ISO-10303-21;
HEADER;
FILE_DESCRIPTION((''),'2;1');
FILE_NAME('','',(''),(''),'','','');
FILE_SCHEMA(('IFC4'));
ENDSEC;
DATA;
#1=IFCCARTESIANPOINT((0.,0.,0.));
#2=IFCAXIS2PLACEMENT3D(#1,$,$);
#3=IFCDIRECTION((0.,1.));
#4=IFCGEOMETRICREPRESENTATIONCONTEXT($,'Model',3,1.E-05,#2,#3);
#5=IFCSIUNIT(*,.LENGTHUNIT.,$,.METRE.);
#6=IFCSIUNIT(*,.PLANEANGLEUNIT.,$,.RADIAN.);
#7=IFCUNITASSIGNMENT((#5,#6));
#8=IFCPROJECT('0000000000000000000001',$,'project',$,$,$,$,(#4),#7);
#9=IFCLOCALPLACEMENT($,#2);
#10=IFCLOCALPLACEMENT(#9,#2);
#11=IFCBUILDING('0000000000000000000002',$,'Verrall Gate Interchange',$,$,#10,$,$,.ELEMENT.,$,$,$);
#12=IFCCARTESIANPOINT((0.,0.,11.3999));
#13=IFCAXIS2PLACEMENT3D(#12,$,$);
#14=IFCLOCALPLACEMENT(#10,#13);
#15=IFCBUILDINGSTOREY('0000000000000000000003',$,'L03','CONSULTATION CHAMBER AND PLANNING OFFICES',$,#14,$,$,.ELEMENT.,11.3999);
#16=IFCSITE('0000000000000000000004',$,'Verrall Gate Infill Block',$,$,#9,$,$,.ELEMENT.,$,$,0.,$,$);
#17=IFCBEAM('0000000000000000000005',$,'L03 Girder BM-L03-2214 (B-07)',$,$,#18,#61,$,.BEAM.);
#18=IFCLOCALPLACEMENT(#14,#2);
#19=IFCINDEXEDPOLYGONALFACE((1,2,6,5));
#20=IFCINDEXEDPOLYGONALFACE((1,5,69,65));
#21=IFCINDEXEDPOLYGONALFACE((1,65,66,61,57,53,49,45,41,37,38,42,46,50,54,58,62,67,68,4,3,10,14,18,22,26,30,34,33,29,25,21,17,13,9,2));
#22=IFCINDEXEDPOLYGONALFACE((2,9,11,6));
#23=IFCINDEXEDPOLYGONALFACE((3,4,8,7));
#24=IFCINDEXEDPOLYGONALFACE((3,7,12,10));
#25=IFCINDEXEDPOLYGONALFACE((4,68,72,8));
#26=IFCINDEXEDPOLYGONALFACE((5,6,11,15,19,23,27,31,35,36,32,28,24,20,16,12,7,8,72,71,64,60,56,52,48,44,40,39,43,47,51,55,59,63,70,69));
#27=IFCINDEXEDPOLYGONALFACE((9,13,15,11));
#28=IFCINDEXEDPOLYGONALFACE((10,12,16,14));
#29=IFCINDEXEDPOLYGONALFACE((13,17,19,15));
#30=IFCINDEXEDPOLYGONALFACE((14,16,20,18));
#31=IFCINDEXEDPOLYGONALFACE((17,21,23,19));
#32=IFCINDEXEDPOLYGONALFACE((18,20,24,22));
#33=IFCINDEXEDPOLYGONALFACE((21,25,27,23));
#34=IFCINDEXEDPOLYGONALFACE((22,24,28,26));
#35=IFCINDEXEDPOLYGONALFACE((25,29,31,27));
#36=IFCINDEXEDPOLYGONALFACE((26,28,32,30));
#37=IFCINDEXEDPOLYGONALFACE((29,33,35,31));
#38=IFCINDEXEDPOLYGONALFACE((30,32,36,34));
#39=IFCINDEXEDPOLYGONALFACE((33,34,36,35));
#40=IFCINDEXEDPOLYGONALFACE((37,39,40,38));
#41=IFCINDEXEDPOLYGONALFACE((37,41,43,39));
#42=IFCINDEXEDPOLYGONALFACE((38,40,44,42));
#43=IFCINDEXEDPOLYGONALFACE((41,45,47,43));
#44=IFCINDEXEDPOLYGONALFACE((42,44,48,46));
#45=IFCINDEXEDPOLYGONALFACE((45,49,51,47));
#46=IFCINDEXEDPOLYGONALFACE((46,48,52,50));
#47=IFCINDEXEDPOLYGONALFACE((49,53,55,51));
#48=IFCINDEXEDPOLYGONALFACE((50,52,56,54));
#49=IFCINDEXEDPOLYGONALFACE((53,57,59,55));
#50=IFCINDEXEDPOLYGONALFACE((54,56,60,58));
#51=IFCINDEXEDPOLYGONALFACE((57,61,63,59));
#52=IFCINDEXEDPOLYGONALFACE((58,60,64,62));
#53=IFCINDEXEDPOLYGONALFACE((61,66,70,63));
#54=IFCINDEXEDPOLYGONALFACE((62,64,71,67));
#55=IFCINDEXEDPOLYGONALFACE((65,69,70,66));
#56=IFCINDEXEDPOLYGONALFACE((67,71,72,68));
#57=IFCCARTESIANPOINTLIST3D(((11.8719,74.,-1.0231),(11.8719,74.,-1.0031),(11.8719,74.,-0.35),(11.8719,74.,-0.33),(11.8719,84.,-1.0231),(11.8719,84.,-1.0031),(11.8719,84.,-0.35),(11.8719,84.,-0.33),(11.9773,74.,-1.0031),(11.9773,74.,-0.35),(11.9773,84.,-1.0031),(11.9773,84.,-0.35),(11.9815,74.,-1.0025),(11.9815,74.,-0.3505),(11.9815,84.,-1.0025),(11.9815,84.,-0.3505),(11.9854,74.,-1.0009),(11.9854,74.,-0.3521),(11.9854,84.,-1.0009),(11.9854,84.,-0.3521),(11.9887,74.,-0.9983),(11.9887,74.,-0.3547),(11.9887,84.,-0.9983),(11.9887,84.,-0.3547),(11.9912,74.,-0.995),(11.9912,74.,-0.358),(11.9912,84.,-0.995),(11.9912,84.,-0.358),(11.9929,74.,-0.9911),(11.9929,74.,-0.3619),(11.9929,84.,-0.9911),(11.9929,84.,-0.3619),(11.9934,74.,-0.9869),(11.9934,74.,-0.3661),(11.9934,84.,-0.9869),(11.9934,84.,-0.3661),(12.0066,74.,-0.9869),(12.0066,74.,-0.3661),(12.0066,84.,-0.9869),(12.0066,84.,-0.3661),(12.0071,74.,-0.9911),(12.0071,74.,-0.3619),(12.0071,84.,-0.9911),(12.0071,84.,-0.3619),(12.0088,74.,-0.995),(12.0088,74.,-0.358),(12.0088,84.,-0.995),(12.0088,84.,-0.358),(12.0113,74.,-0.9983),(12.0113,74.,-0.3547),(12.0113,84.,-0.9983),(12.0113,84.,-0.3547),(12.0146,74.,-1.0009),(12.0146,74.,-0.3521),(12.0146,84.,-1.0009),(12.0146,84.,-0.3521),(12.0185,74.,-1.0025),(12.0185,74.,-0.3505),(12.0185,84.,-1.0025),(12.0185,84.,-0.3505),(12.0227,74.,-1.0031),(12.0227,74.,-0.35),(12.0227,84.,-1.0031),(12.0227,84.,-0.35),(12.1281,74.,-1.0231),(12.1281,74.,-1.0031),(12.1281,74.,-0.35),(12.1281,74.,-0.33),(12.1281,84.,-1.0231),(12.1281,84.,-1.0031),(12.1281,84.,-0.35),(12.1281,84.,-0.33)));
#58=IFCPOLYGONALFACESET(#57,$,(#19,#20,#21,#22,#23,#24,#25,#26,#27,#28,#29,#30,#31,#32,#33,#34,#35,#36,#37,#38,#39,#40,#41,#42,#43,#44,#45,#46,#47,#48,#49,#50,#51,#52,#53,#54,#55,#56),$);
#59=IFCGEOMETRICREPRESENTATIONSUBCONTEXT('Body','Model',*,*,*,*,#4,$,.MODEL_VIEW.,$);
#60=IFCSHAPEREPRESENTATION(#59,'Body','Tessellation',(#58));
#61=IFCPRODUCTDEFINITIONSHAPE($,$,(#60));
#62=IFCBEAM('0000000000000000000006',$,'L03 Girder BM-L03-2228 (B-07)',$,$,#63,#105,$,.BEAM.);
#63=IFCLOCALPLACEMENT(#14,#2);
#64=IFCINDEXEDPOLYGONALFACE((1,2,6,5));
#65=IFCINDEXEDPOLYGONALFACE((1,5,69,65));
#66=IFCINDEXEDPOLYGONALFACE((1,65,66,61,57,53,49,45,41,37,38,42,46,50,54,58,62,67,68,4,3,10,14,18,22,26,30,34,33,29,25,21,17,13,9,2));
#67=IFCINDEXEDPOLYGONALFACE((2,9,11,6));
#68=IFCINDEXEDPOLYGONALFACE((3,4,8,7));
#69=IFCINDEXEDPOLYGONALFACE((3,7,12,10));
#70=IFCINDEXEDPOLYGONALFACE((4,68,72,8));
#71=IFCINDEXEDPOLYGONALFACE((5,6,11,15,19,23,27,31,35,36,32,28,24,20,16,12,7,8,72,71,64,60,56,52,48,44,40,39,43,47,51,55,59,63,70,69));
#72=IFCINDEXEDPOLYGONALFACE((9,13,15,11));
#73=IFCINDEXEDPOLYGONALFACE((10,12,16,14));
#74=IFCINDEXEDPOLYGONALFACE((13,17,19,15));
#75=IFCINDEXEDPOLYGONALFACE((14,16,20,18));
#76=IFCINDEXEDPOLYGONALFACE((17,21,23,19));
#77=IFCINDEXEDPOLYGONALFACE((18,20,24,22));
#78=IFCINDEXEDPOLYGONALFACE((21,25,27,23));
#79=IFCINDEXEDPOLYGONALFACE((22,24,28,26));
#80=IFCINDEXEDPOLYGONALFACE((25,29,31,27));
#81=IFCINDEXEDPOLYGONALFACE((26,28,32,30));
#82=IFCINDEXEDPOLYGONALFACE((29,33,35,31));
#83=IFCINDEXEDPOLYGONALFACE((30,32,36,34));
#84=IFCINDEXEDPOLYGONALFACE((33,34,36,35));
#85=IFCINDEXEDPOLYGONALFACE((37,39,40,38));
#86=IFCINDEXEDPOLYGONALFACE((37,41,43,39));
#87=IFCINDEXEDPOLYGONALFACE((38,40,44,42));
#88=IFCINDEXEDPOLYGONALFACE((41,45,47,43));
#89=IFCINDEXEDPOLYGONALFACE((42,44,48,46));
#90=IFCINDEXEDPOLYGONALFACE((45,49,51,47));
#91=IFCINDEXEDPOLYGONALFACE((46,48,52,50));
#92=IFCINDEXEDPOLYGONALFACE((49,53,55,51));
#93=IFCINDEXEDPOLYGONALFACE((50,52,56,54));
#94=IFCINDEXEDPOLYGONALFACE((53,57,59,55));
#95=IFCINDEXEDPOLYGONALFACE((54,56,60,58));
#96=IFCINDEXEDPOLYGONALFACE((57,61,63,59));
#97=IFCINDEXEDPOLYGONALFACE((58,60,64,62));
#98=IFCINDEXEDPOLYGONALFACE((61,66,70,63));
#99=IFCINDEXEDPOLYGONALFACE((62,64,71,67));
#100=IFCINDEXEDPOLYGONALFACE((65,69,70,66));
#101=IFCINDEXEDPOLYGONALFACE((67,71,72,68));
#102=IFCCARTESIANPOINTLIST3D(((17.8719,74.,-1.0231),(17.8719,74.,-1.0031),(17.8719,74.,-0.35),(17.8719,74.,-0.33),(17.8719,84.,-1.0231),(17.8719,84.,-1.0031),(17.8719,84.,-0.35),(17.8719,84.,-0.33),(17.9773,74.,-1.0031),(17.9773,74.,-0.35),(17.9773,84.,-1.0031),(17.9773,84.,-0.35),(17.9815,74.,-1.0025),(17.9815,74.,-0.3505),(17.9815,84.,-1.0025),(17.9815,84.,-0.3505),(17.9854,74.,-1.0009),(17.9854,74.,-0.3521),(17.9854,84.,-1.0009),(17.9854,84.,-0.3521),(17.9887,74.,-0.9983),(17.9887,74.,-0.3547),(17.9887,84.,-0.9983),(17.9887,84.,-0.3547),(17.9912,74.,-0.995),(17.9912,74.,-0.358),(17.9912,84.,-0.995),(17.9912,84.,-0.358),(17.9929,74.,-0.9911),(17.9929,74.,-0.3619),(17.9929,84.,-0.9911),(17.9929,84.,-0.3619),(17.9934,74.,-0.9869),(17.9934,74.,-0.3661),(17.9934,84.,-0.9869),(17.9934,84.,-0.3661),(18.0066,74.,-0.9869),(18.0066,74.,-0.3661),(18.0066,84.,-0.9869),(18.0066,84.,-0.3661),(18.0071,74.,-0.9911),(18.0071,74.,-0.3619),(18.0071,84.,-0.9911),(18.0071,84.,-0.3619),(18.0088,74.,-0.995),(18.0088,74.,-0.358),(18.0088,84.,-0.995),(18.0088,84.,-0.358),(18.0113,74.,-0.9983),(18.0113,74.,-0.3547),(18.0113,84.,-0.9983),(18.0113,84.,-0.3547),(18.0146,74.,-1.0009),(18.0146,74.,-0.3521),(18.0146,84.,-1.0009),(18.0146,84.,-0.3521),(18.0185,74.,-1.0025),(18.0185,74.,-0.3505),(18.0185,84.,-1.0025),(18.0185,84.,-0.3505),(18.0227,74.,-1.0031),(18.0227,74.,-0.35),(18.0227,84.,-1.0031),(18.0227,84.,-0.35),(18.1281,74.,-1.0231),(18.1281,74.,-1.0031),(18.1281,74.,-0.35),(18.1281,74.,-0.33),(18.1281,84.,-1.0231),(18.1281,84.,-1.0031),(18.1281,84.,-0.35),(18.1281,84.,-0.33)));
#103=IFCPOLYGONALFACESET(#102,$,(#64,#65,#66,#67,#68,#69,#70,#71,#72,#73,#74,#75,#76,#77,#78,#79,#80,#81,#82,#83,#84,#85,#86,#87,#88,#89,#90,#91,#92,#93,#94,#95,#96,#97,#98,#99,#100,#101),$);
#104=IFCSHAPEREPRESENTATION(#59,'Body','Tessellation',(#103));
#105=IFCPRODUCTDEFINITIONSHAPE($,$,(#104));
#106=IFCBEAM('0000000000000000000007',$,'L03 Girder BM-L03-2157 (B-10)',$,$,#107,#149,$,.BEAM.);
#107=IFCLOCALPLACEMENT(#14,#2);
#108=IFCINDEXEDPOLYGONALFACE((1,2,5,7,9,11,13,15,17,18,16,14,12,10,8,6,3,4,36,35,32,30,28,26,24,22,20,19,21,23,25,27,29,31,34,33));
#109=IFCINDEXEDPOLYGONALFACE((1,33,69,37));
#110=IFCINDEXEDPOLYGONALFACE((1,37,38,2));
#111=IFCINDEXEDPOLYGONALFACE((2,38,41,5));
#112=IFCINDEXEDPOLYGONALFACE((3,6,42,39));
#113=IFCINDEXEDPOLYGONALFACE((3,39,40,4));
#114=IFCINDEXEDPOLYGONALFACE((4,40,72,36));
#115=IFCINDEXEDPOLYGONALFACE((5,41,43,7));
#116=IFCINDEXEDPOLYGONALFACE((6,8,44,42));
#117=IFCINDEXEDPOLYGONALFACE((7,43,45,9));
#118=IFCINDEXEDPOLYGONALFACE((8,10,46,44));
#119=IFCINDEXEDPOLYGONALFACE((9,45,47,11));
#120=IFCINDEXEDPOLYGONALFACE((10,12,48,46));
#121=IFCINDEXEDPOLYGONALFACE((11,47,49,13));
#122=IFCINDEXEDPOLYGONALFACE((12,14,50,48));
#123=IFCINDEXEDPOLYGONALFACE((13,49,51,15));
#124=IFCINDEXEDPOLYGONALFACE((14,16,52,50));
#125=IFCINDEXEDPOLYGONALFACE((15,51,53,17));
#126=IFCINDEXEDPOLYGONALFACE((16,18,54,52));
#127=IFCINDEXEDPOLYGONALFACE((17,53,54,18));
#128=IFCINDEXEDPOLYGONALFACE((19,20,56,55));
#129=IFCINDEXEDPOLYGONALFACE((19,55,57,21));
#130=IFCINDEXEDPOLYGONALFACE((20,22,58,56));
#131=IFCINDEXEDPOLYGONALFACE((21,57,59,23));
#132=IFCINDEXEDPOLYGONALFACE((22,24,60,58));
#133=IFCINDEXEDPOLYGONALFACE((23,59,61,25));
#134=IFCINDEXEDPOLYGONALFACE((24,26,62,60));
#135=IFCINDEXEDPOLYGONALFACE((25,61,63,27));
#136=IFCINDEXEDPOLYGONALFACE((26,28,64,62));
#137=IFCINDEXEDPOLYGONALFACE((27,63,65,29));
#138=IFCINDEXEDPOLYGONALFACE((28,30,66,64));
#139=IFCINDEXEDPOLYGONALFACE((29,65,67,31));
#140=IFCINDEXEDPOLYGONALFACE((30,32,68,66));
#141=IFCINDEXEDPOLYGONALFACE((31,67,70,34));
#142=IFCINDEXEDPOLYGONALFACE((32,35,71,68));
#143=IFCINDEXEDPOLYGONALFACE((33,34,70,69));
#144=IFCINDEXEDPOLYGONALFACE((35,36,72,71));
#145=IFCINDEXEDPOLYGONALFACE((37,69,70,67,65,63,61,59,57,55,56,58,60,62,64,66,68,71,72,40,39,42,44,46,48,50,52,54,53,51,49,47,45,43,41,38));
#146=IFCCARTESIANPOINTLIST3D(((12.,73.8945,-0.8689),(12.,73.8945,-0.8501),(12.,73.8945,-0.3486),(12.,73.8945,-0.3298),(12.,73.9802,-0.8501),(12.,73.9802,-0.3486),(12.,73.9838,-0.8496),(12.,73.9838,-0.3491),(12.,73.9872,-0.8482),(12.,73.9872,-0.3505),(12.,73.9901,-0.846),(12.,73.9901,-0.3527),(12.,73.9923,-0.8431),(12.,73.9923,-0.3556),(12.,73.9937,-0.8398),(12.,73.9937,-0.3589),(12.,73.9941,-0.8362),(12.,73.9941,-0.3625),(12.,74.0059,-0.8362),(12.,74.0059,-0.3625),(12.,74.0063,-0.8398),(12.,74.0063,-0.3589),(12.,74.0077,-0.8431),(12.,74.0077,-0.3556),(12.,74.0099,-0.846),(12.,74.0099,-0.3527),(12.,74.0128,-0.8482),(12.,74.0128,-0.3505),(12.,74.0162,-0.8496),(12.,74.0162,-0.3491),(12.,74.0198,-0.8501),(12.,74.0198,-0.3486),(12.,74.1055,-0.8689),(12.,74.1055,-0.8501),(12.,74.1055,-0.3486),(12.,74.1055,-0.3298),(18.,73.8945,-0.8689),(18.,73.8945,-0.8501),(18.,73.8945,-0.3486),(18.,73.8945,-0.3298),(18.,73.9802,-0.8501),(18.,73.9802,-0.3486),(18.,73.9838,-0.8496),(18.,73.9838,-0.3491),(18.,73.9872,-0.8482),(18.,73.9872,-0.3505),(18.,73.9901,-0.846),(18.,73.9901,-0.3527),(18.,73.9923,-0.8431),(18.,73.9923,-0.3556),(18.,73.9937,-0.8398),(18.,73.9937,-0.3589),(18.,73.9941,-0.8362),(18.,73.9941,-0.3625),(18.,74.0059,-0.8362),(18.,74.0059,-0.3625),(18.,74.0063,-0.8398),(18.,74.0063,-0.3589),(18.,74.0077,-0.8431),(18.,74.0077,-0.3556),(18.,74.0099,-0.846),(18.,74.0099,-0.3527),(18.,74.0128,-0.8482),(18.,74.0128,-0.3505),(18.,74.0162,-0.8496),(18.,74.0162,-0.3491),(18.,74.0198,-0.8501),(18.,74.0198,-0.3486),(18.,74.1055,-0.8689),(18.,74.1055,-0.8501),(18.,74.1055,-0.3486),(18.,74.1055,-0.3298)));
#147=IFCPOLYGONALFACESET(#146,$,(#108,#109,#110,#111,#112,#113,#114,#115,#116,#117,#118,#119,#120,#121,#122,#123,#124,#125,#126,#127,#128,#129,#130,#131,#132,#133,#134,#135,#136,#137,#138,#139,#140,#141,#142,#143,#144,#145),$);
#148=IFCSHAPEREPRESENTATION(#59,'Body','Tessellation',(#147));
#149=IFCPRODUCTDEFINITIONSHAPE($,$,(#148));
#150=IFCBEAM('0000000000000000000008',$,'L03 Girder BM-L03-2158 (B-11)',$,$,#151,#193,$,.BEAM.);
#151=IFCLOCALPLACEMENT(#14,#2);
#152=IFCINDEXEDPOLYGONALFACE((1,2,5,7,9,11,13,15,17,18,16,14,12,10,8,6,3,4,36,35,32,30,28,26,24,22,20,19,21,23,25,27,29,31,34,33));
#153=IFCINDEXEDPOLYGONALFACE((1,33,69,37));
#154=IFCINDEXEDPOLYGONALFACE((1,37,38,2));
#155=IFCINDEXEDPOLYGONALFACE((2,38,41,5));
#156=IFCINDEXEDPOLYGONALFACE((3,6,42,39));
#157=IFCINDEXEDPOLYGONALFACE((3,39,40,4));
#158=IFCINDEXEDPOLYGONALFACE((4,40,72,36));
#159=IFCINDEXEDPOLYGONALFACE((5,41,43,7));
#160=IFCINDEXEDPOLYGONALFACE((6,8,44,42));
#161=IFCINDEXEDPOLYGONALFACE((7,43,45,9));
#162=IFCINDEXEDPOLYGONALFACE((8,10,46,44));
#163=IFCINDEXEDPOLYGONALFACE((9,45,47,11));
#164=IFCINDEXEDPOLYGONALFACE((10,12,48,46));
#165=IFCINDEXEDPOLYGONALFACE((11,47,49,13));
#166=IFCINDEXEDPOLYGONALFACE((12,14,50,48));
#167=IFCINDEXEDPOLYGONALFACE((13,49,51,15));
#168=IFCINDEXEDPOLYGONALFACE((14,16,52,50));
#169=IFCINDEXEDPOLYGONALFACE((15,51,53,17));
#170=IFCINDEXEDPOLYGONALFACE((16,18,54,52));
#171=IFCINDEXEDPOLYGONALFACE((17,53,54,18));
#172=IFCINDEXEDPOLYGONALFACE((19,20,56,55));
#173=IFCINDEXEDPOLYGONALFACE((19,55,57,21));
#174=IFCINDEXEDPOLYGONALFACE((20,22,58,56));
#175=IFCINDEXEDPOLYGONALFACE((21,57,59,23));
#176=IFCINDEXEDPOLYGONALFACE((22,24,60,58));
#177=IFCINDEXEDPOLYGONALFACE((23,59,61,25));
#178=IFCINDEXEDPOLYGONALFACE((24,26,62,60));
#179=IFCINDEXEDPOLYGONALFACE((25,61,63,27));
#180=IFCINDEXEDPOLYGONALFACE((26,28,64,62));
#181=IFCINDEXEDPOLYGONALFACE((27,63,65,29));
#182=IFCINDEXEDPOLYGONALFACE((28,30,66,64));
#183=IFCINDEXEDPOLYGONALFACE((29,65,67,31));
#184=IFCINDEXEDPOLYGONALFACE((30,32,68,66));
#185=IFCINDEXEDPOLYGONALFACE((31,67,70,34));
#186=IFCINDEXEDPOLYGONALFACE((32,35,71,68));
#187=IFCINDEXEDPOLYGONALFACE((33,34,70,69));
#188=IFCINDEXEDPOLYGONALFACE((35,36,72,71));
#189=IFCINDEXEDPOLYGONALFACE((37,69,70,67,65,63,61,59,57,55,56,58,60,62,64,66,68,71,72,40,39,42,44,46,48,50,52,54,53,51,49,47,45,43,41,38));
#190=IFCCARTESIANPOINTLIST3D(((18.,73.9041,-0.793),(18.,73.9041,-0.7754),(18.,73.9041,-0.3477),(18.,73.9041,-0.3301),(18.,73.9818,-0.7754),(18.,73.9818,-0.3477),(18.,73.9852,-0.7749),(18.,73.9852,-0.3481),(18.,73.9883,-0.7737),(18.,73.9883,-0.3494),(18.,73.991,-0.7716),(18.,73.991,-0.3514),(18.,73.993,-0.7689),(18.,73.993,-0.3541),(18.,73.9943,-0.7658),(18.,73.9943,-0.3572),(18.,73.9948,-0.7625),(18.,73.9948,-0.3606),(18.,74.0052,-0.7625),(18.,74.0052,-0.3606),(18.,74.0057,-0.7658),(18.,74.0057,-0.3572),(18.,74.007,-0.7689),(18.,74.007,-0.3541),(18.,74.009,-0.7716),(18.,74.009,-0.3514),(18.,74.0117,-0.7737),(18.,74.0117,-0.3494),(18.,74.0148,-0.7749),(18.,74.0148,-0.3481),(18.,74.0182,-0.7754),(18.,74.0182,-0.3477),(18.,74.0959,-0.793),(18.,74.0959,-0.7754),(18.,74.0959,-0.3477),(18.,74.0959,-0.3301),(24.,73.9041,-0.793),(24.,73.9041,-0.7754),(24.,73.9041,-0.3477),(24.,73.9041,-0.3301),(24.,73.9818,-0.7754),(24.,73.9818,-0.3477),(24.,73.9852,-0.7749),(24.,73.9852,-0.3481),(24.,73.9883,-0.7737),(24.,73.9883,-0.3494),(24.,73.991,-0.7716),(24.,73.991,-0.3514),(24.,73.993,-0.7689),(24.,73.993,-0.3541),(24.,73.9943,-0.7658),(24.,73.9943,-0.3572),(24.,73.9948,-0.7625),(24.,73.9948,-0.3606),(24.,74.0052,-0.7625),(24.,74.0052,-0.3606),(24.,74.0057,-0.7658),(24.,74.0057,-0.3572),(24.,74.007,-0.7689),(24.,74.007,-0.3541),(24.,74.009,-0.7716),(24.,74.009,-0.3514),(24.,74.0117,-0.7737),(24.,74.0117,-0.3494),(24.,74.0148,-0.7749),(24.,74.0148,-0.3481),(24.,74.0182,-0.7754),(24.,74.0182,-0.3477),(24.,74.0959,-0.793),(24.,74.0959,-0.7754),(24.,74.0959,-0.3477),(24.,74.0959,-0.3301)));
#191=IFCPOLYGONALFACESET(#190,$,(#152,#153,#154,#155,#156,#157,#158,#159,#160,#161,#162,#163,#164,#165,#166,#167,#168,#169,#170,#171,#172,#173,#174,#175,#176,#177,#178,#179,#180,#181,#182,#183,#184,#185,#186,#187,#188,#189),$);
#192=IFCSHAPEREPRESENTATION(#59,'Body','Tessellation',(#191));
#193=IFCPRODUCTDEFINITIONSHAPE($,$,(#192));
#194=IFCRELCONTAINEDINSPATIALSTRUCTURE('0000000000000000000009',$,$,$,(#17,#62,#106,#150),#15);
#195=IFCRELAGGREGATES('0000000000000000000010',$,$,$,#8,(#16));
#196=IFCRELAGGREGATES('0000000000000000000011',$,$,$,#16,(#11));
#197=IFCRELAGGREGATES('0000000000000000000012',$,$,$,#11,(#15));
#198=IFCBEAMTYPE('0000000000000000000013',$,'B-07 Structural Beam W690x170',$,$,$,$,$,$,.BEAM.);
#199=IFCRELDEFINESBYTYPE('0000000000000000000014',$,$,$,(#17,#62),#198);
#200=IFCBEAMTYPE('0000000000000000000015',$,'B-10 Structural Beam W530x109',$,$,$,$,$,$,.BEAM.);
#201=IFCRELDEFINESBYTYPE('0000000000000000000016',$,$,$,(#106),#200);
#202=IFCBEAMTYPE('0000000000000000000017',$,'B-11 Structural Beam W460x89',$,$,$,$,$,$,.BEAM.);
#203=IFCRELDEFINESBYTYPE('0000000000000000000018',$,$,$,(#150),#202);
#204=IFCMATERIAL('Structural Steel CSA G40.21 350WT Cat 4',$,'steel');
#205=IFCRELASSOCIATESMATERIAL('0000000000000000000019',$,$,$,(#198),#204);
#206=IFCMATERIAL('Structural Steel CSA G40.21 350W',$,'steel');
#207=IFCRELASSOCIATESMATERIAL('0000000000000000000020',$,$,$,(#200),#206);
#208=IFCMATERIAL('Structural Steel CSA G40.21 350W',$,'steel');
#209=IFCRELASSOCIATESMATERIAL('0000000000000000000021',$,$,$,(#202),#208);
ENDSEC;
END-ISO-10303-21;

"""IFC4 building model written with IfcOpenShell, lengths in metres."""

from ifc_helpers import new_model, si_unit, direction, frame, origin, origin_2d, place, context, subcontext, project, spatial, i_section, extrude, material, material_profile, profile_set, type_object, element, save


model = new_model("IFC4")

# Units and contexts
model_context = context("Model", 3, precision=1e-05, world=origin(), true_north=direction((0.0, 1.0)))
body_context = subcontext(model_context, "Body", "Model", "MODEL_VIEW")
ifc_project = project(units=[si_unit("LENGTHUNIT", "METRE"), si_unit("PLANEANGLEUNIT", "RADIAN")], contexts=[model_context])

# Site, building, storey
site_placement = place(None, origin())
site = spatial("IfcSite", under=ifc_project, at=site_placement, Name="Verrall Gate Infill Block", CompositionType="ELEMENT", RefElevation=0.0)
building_placement = place(site_placement, origin())
building = spatial("IfcBuilding", under=site, at=building_placement, Name="Verrall Gate Interchange", CompositionType="ELEMENT")
storey_placement = place(building_placement, frame((0.0, 0.0, 11.3999)))
storey = spatial("IfcBuildingStorey", under=building, at=storey_placement, Name="L03", Description="CONSULTATION CHAMBER AND PLANNING OFFICES", CompositionType="ELEMENT", Elevation=11.3999)

# Beams
ifc_material_1 = material(Name="Structural Steel CSA G40.21 350WT Cat 4", Category="steel")
ifc_material_profile_1 = material_profile(ifc_material_1, i_section(OverallWidth=0.2561, OverallDepth=0.6931, WebThickness=0.0132, FlangeThickness=0.02, FilletRadius=0.0161, at=origin_2d()), Name="W690x170")
ifc_profile_set_1 = profile_set([ifc_material_profile_1], Name="Structural Steel CSA G40.21 350WT Cat 4")
beam_type_1 = type_object("IfcBeamType", Name="B-07 Structural Beam W690x170", PredefinedType="BEAM", material=ifc_profile_set_1)
for number, where, z_axis, x_axis, name in (
    (1, (12.0, 74.0, -0.6765), (0.0, 1.0, 0.0), (-1.0, 0.0, 0.0), "L03 Girder BM-L03-2214 (B-07)"),
    (2, (18.0, 74.0, -0.6765), (0.0, 1.0, 0.0), (-1.0, 0.0, 0.0), "L03 Girder BM-L03-2228 (B-07)"),
):
    element("IfcBeam", number, at=place(storey_placement, frame(where, z_axis=z_axis, x_axis=x_axis)), inside=storey, type_object=beam_type_1, Name=name, PredefinedType="BEAM", context=body_context, shape_type="SweptSolid", body=[
        extrude(i_section(OverallWidth=0.2561, OverallDepth=0.6931, WebThickness=0.0132, FlangeThickness=0.02, FilletRadius=0.0161, at=origin_2d()), origin(), (0.0, 0.0, 1.0), 10.0),
    ])
ifc_material_2 = material(Name="Structural Steel CSA G40.21 350W", Category="steel")
ifc_material_profile_2 = material_profile(ifc_material_2, i_section(OverallWidth=0.2109, OverallDepth=0.5391, WebThickness=0.0117, FlangeThickness=0.0188, FilletRadius=0.0139, at=origin_2d()), Name="W530x109")
ifc_profile_set_2 = profile_set([ifc_material_profile_2], Name="Structural Steel CSA G40.21 350W")
beam_type_2 = type_object("IfcBeamType", Name="B-10 Structural Beam W530x109", PredefinedType="BEAM", material=ifc_profile_set_2)
beam_1_placement = place(storey_placement, frame((12.0, 74.0, -0.5994), z_axis=(1.0, 0.0, 0.0), x_axis=(0.0, 1.0, 0.0)))
element("IfcBeam", 3, at=beam_1_placement, inside=storey, type_object=beam_type_2, Name="L03 Girder BM-L03-2157 (B-10)", PredefinedType="BEAM", context=body_context, shape_type="SweptSolid", body=[
    extrude(i_section(OverallWidth=0.2109, OverallDepth=0.5391, WebThickness=0.0117, FlangeThickness=0.0188, FilletRadius=0.0139, at=origin_2d()), origin(), (0.0, 0.0, 1.0), 6.0),
])
ifc_material_3 = material(Name="Structural Steel CSA G40.21 350W", Category="steel")
ifc_material_profile_3 = material_profile(ifc_material_3, i_section(OverallWidth=0.1919, OverallDepth=0.4629, WebThickness=0.0105, FlangeThickness=0.0176, FilletRadius=0.0129, at=origin_2d()), Name="W460x89")
ifc_profile_set_3 = profile_set([ifc_material_profile_3], Name="Structural Steel CSA G40.21 350W")
beam_type_3 = type_object("IfcBeamType", Name="B-11 Structural Beam W460x89", PredefinedType="BEAM", material=ifc_profile_set_3)
beam_2_placement = place(storey_placement, frame((18.0, 74.0, -0.5615), z_axis=(1.0, 0.0, 0.0), x_axis=(0.0, 1.0, 0.0)))
element("IfcBeam", 4, at=beam_2_placement, inside=storey, type_object=beam_type_3, Name="L03 Girder BM-L03-2158 (B-11)", PredefinedType="BEAM", context=body_context, shape_type="SweptSolid", body=[
    extrude(i_section(OverallWidth=0.1919, OverallDepth=0.4629, WebThickness=0.0105, FlangeThickness=0.0176, FilletRadius=0.0129, at=origin_2d()), origin(), (0.0, 0.0, 1.0), 6.0),
])

save(model, "model.ifc")
